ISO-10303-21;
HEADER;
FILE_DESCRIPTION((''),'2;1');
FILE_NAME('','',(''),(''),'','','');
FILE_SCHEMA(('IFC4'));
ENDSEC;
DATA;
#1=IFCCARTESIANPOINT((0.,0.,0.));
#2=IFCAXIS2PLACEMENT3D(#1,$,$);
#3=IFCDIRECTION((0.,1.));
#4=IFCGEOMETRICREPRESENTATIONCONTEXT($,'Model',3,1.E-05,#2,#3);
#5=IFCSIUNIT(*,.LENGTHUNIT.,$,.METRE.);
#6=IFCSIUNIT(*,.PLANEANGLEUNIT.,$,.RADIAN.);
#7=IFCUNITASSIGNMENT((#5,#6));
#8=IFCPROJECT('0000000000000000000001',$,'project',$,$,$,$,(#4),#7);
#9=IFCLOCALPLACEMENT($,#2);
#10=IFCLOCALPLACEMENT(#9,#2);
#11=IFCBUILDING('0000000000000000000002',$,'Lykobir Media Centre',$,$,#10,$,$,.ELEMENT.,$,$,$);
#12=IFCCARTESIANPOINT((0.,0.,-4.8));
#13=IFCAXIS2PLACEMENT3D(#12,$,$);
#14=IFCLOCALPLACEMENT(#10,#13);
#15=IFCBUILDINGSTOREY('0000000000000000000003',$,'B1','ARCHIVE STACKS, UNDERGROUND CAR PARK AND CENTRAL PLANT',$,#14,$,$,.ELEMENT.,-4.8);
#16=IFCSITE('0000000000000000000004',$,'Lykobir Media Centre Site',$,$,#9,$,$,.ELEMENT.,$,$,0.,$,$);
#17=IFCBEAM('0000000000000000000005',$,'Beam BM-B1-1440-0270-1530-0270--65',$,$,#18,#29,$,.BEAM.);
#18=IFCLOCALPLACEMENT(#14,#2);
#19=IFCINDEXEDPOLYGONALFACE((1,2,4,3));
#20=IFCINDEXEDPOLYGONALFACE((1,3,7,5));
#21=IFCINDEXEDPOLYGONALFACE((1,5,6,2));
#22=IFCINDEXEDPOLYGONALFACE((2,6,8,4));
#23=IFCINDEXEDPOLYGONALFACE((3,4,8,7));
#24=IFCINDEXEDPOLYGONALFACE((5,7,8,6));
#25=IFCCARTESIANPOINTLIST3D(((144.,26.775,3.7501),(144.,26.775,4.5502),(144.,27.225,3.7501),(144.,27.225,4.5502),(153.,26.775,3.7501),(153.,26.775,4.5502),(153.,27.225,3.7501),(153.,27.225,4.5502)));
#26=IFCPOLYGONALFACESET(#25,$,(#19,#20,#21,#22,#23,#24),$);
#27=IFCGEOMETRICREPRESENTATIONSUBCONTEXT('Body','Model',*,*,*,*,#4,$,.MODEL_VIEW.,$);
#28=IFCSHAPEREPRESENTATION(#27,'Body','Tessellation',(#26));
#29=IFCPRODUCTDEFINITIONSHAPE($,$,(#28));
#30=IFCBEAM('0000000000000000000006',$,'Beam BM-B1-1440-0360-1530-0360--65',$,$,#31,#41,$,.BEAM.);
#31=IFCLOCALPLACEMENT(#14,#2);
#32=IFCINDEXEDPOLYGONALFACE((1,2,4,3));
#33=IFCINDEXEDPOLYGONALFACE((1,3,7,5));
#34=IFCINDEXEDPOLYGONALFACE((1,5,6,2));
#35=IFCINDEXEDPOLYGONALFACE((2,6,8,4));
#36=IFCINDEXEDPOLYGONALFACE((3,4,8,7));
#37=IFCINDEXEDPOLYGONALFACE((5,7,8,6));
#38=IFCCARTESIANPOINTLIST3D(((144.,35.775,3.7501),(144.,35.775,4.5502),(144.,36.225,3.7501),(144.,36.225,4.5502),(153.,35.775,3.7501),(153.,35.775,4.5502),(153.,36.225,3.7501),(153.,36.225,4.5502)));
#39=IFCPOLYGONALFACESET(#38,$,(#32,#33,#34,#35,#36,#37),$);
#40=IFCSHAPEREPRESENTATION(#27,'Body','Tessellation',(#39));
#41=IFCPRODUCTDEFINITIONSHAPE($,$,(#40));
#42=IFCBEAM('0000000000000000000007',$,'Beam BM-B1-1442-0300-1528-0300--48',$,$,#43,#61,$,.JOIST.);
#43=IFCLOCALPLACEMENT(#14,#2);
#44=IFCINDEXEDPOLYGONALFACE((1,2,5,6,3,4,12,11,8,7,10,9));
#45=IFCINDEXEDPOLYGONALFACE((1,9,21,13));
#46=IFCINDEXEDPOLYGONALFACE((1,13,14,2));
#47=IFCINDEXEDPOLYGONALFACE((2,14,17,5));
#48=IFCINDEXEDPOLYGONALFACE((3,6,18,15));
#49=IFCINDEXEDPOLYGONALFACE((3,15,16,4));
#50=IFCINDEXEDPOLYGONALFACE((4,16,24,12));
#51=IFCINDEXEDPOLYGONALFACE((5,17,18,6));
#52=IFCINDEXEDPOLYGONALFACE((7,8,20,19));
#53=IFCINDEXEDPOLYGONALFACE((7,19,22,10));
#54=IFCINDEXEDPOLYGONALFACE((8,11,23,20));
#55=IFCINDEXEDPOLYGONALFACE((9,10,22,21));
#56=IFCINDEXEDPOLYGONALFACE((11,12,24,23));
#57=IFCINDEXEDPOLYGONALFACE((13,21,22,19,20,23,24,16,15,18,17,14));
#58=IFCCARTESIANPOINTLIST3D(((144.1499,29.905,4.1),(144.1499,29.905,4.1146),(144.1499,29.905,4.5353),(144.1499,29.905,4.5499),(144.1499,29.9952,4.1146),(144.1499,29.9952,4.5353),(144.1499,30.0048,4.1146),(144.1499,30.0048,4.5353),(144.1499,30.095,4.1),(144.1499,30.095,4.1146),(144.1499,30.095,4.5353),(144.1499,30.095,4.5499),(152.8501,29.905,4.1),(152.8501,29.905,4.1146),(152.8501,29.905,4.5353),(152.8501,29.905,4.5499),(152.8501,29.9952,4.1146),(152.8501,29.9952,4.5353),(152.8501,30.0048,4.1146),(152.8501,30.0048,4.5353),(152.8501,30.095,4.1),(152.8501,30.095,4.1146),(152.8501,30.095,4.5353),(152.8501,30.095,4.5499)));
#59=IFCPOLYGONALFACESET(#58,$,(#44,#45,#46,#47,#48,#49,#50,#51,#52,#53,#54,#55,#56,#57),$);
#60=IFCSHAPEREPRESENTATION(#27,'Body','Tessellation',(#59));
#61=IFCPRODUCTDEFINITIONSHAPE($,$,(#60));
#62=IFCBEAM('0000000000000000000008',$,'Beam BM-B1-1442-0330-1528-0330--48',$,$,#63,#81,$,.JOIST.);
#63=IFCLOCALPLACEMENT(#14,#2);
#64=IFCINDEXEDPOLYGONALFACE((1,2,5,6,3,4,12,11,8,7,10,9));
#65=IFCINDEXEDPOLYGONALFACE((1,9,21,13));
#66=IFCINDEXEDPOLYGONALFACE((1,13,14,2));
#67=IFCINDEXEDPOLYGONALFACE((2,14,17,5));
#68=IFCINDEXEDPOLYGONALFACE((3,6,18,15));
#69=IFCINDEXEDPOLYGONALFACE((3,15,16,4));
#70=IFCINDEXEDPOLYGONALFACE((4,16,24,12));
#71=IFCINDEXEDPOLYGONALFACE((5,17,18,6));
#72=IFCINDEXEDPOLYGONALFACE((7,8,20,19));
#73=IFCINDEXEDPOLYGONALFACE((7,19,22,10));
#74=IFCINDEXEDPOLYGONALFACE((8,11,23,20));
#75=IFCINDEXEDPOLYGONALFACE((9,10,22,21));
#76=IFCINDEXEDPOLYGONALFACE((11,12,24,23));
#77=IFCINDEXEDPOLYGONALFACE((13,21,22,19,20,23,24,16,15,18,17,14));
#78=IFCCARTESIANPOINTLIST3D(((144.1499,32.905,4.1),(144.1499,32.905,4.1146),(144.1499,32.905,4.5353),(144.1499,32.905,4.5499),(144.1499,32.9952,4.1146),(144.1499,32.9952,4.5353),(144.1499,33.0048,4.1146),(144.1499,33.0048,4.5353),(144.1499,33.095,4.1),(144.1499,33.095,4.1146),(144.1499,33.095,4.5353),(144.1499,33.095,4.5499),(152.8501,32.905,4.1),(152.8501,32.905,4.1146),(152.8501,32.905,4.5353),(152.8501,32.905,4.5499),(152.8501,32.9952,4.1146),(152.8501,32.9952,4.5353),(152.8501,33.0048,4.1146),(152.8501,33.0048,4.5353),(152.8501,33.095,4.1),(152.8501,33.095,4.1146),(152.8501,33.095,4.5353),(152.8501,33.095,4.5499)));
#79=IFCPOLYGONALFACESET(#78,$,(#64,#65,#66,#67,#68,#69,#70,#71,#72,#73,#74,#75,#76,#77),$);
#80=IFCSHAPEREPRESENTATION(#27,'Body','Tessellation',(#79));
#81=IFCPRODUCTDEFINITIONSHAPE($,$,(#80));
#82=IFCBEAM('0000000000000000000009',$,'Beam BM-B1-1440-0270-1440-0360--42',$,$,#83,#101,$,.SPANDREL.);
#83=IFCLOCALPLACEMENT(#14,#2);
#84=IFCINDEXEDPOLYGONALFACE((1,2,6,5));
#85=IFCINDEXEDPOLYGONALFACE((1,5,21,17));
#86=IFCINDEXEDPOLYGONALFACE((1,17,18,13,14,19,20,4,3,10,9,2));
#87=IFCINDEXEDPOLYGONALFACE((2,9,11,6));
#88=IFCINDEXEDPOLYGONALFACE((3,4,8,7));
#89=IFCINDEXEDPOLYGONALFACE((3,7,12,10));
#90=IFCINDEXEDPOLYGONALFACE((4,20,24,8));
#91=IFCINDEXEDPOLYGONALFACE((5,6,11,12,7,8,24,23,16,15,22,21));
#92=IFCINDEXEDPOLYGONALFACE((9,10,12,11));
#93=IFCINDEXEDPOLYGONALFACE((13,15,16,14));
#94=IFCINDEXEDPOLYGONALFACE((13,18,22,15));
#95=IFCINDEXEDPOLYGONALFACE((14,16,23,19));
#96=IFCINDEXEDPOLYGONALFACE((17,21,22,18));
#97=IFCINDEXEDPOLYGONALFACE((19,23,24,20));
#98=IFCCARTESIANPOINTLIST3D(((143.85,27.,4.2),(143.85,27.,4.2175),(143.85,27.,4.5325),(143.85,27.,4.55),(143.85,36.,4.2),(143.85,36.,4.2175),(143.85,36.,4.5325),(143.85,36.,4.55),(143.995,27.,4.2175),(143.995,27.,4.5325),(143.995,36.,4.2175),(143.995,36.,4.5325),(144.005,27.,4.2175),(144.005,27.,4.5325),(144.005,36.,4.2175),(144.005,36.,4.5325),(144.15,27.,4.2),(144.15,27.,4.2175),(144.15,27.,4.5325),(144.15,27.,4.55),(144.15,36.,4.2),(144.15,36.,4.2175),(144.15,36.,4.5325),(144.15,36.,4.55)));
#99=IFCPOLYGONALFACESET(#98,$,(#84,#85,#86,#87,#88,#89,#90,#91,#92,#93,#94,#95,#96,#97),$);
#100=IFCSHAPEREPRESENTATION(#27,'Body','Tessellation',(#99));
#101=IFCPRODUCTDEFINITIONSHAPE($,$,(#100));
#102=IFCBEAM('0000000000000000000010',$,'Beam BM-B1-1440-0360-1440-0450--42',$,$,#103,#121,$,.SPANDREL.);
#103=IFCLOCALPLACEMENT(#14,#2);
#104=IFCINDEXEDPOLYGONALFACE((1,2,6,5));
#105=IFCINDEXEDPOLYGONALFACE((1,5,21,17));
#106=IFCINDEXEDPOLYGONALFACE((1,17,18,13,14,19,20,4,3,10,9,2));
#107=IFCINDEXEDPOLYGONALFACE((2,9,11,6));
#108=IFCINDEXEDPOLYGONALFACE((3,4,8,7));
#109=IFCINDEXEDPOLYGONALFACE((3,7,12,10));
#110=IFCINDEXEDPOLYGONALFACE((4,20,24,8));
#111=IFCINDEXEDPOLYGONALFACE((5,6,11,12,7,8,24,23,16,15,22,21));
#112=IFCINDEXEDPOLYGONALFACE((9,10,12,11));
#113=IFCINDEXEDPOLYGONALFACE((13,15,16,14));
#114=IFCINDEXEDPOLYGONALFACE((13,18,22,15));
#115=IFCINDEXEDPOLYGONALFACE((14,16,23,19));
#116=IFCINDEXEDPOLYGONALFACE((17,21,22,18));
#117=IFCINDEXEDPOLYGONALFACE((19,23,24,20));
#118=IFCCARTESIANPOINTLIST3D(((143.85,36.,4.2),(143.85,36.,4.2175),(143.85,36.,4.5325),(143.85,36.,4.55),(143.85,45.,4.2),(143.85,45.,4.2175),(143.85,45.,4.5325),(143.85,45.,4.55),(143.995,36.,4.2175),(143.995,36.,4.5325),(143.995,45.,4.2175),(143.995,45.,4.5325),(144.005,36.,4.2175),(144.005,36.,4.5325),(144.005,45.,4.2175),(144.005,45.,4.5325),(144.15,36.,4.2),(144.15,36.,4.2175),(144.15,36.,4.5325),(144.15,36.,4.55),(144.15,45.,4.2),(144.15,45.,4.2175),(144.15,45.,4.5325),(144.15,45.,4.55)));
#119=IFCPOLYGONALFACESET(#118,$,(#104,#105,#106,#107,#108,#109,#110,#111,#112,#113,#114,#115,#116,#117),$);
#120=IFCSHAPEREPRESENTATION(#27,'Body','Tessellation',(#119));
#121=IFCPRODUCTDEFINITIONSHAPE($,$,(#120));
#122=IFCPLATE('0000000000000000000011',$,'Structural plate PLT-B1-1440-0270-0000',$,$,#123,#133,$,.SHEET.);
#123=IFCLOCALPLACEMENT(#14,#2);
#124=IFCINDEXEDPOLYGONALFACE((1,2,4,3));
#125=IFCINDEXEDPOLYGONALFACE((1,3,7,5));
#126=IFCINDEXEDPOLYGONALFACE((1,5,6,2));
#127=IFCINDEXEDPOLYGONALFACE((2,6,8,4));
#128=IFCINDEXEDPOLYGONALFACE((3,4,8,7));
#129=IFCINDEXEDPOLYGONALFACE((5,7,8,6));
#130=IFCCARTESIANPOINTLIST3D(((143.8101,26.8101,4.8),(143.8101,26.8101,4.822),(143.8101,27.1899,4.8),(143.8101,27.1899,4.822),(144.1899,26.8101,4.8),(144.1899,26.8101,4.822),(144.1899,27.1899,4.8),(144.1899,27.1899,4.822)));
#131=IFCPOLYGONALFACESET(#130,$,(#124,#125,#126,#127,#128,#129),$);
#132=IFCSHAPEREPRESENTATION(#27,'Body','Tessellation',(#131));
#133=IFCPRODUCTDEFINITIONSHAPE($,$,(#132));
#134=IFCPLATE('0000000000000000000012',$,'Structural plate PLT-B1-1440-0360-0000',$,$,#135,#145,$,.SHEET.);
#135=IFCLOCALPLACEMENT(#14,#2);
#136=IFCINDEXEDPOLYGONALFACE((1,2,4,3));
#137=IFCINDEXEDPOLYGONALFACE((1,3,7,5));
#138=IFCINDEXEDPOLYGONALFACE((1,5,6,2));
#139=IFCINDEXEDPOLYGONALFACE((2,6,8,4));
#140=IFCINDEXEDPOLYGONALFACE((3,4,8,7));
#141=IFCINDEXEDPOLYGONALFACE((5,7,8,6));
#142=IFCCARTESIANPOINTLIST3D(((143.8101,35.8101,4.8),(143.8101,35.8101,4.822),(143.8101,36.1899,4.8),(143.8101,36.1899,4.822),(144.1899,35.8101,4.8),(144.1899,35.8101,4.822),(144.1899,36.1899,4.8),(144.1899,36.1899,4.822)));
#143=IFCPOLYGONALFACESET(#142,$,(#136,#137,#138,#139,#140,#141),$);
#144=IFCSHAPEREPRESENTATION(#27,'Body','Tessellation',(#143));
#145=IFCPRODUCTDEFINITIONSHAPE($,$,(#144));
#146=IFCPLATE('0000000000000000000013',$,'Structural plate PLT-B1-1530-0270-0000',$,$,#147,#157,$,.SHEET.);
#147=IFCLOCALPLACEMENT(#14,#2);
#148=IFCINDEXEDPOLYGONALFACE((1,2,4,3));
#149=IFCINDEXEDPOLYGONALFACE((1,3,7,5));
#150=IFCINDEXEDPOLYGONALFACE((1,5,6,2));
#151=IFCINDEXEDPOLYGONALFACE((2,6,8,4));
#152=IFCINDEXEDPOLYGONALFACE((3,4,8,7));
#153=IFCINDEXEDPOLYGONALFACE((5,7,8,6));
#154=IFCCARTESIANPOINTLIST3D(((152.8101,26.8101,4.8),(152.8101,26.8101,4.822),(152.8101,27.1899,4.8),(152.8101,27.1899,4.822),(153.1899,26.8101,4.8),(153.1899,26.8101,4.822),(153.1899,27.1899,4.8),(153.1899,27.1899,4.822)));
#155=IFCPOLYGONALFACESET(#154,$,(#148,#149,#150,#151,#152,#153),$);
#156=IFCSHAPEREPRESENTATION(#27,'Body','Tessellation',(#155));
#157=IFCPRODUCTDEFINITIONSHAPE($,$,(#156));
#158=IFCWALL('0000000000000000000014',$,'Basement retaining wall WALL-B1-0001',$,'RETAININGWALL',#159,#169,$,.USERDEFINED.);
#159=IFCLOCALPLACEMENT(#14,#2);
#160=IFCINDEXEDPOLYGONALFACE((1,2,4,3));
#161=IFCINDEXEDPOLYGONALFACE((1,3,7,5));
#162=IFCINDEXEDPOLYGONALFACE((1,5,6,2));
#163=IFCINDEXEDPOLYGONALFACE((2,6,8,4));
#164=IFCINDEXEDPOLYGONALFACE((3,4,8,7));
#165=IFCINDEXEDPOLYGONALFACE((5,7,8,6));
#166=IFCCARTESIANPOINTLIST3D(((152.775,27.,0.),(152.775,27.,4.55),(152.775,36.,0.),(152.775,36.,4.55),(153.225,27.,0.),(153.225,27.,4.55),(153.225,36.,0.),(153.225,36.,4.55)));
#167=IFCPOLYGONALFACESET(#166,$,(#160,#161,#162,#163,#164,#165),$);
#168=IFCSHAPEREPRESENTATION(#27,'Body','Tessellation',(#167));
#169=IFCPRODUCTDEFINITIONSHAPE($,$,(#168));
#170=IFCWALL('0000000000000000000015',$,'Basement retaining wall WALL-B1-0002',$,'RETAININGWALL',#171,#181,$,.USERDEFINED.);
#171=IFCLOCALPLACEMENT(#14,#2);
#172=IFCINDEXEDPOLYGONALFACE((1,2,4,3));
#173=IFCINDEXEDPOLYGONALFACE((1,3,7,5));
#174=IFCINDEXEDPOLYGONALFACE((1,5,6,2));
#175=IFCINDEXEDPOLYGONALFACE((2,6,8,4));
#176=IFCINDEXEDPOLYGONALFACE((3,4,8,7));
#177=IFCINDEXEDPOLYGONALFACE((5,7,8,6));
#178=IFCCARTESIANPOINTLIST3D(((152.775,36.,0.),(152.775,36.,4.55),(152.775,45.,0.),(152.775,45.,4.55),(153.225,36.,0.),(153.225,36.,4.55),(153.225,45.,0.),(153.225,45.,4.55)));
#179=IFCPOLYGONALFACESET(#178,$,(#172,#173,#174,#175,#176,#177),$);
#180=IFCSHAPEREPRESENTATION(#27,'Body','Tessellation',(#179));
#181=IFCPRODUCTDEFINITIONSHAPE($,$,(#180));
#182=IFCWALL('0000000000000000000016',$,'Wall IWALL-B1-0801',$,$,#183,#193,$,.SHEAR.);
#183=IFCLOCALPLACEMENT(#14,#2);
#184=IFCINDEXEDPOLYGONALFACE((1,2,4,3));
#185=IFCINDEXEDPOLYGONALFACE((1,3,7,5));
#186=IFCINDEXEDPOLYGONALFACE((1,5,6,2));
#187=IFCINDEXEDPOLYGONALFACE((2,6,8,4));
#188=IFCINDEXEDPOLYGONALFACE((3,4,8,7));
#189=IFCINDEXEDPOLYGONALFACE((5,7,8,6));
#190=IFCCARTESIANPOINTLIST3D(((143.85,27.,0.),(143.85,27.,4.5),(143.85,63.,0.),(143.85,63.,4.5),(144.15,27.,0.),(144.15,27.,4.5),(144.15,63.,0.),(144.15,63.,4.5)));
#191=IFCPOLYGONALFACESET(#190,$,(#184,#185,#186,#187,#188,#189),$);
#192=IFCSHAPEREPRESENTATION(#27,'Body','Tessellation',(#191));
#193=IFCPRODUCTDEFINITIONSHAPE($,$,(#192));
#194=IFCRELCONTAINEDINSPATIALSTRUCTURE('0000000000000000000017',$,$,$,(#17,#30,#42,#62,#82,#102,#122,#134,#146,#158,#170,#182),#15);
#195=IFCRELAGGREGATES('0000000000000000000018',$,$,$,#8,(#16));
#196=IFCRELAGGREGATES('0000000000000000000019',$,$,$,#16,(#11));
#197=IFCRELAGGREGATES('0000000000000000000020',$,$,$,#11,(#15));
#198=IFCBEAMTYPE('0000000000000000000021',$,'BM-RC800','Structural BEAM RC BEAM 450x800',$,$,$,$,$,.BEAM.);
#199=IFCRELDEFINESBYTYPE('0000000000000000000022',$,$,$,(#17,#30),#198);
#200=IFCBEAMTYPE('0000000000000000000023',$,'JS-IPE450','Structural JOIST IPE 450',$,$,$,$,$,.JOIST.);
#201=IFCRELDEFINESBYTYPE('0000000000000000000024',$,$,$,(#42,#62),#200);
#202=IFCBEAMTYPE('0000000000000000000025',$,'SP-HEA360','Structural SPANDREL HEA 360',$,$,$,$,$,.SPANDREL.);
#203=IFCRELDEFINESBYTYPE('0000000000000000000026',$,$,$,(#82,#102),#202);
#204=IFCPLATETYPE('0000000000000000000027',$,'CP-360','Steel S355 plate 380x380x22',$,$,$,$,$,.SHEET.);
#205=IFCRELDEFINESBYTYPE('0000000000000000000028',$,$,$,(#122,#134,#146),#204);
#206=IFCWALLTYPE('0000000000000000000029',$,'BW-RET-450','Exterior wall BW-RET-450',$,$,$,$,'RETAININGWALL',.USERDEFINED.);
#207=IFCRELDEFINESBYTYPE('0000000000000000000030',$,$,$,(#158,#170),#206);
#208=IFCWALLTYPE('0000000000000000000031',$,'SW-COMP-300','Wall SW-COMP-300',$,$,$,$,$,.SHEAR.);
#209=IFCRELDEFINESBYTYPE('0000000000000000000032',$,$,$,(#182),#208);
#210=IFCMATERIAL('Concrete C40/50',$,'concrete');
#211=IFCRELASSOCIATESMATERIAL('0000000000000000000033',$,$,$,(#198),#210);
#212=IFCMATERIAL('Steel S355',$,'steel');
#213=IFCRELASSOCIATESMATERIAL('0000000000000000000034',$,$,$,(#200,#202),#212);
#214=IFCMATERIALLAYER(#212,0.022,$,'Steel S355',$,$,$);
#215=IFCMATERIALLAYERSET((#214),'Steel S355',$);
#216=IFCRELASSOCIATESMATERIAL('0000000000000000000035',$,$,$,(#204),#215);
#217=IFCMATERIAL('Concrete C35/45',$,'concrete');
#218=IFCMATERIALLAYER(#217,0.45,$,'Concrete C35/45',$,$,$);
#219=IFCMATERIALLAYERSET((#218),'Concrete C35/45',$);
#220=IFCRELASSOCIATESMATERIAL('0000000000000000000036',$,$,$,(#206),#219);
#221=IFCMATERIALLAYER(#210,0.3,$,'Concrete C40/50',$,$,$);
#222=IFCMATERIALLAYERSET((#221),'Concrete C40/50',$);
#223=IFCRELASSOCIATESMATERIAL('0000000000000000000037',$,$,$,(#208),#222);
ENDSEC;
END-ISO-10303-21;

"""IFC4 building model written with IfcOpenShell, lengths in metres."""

from ifc_helpers import new_model, si_unit, direction, frame, frame_2d, origin, origin_2d, place, context, subcontext, project, spatial, rectangle, i_section, extrude, material, layer, layer_set, material_profile, profile_set, type_object, element, save


model = new_model("IFC4")

# Units and contexts
model_context = context("Model", 3, precision=1e-05, world=origin(), true_north=direction((0.0, 1.0)))
body_context = subcontext(model_context, "Body", "Model", "MODEL_VIEW")
ifc_project = project(units=[si_unit("LENGTHUNIT", "METRE"), si_unit("PLANEANGLEUNIT", "RADIAN")], contexts=[model_context])

# Site, building, storey
site_placement = place(None, origin())
site = spatial("IfcSite", under=ifc_project, at=site_placement, Name="Lykobir Media Centre Site", CompositionType="ELEMENT", RefElevation=0.0)
building_placement = place(site_placement, origin())
building = spatial("IfcBuilding", under=site, at=building_placement, Name="Lykobir Media Centre", CompositionType="ELEMENT")
storey_placement = place(building_placement, frame((0.0, 0.0, -4.8)))
storey = spatial("IfcBuildingStorey", under=building, at=storey_placement, Name="B1", Description="ARCHIVE STACKS, UNDERGROUND CAR PARK AND CENTRAL PLANT", CompositionType="ELEMENT", Elevation=-4.8)

# Shared definitions
ifc_material_1 = material(Name="Concrete C35/45", Category="concrete")

# Shared definitions
ifc_material_2 = material(Name="Concrete C40/50", Category="concrete")
ifc_material_3 = material(Name="Steel S355", Category="steel")

# Beams
ifc_material_profile_1 = material_profile(ifc_material_2, rectangle(XDim=0.45, YDim=0.8, at=origin_2d()), Name="RC BEAM 450x800")
ifc_profile_set_1 = profile_set([ifc_material_profile_1], Name="Concrete C40/50")
beam_type_1 = type_object("IfcBeamType", Name="BM-RC800", Description="Structural BEAM RC BEAM 450x800", PredefinedType="BEAM", material=ifc_profile_set_1)
for number, where, z_axis, x_axis, name in (
    (1, (144.0, 27.0, 4.1501), (1.0, 0.0, 0.0), (0.0, 1.0, 0.0), "Beam BM-B1-1440-0270-1530-0270--65"),
    (2, (144.0, 36.0, 4.1501), (1.0, 0.0, 0.0), (0.0, 1.0, 0.0), "Beam BM-B1-1440-0360-1530-0360--65"),
):
    element("IfcBeam", number, at=place(storey_placement, frame(where, z_axis=z_axis, x_axis=x_axis)), inside=storey, type_object=beam_type_1, Name=name, PredefinedType="BEAM", context=body_context, shape_type="SweptSolid", body=[
        extrude(rectangle(XDim=0.45, YDim=0.8, at=origin_2d()), origin(), (0.0, 0.0, 1.0), 9.0),
    ])
ifc_material_profile_2 = material_profile(ifc_material_3, i_section(OverallWidth=0.1899, OverallDepth=0.45, WebThickness=0.0095, FlangeThickness=0.0146, at=origin_2d()), Name="IPE 450")
ifc_profile_set_2 = profile_set([ifc_material_profile_2], Name="Steel S355")
beam_type_2 = type_object("IfcBeamType", Name="JS-IPE450", Description="Structural JOIST IPE 450", PredefinedType="JOIST", material=ifc_profile_set_2)
for number, where, z_axis, x_axis, name in (
    (3, (144.1499, 30.0, 4.325), (1.0, 0.0, 0.0), (0.0, 1.0, 0.0), "Beam BM-B1-1442-0300-1528-0300--48"),
    (4, (144.1499, 33.0, 4.325), (1.0, 0.0, 0.0), (0.0, 1.0, 0.0), "Beam BM-B1-1442-0330-1528-0330--48"),
):
    element("IfcBeam", number, at=place(storey_placement, frame(where, z_axis=z_axis, x_axis=x_axis)), inside=storey, type_object=beam_type_2, Name=name, PredefinedType="JOIST", context=body_context, shape_type="SweptSolid", body=[
        extrude(i_section(OverallWidth=0.1899, OverallDepth=0.45, WebThickness=0.0095, FlangeThickness=0.0146, at=origin_2d()), origin(), (0.0, 0.0, 1.0), 8.7002),
    ])
ifc_material_profile_3 = material_profile(ifc_material_3, i_section(OverallWidth=0.3, OverallDepth=0.3501, WebThickness=0.01, FlangeThickness=0.0176, at=origin_2d()), Name="HEA 360")
ifc_profile_set_3 = profile_set([ifc_material_profile_3], Name="Steel S355")
beam_type_3 = type_object("IfcBeamType", Name="SP-HEA360", Description="Structural SPANDREL HEA 360", PredefinedType="SPANDREL", material=ifc_profile_set_3)
for number, where, z_axis, x_axis, name in (
    (5, (144.0, 27.0, 4.375), (0.0, 1.0, 0.0), (-1.0, 0.0, 0.0), "Beam BM-B1-1440-0270-1440-0360--42"),
    (6, (144.0, 36.0, 4.375), (0.0, 1.0, 0.0), (-1.0, 0.0, 0.0), "Beam BM-B1-1440-0360-1440-0450--42"),
):
    element("IfcBeam", number, at=place(storey_placement, frame(where, z_axis=z_axis, x_axis=x_axis)), inside=storey, type_object=beam_type_3, Name=name, PredefinedType="SPANDREL", context=body_context, shape_type="SweptSolid", body=[
        extrude(i_section(OverallWidth=0.3, OverallDepth=0.3501, WebThickness=0.01, FlangeThickness=0.0176, at=origin_2d()), origin(), (0.0, 0.0, 1.0), 9.0),
    ])

# Plates
ifc_layer_1 = layer(ifc_material_3, 0.022, Name="Steel S355")
ifc_layer_set_1 = layer_set([ifc_layer_1], Name="Steel S355")
plate_type = type_object("IfcPlateType", Name="CP-360", Description="Steel S355 plate 380x380x22", PredefinedType="SHEET", material=ifc_layer_set_1)
for number, where, z_axis, x_axis, name in (
    (7, (144.0, 27.0, 4.8), (0.0, 0.0, 1.0), (1.0, 0.0, 0.0), "Structural plate PLT-B1-1440-0270-0000"),
    (8, (144.0, 36.0, 4.8), (0.0, 0.0, 1.0), (1.0, 0.0, 0.0), "Structural plate PLT-B1-1440-0360-0000"),
    (9, (153.0, 27.0, 4.8), (0.0, 0.0, 1.0), (1.0, 0.0, 0.0), "Structural plate PLT-B1-1530-0270-0000"),
):
    element("IfcPlate", number, at=place(storey_placement, frame(where, z_axis=z_axis, x_axis=x_axis)), inside=storey, type_object=plate_type, Name=name, PredefinedType="SHEET", context=body_context, shape_type="SweptSolid", body=[
        extrude(rectangle(XDim=0.3799, YDim=0.3799, at=origin_2d()), origin(), (0.0, 0.0, 1.0), 0.022),
    ])

# Walls
ifc_layer_2 = layer(ifc_material_1, 0.45, Name="Concrete C35/45")
ifc_layer_set_2 = layer_set([ifc_layer_2], Name="Concrete C35/45")
wall_type_1 = type_object("IfcWallType", Name="BW-RET-450", Description="Exterior wall BW-RET-450", ElementType="RETAININGWALL", PredefinedType="USERDEFINED", material=ifc_layer_set_2)
for number, where, z_axis, x_axis, name in (
    (10, (153.0, 27.0, 0.0), (0.0, 0.0, 1.0), (0.0, 1.0, 0.0), "Basement retaining wall WALL-B1-0001"),
    (11, (153.0, 36.0, 0.0), (0.0, 0.0, 1.0), (0.0, 1.0, 0.0), "Basement retaining wall WALL-B1-0002"),
):
    element("IfcWall", number, at=place(storey_placement, frame(where, z_axis=z_axis, x_axis=x_axis)), inside=storey, type_object=wall_type_1, Name=name, ObjectType="RETAININGWALL", PredefinedType="USERDEFINED", context=body_context, shape_type="SweptSolid", body=[
        extrude(rectangle(XDim=9.0, YDim=0.45, at=frame_2d((4.5, 0.0))), origin(), (0.0, 0.0, 1.0), 4.55),
    ])
ifc_layer_3 = layer(ifc_material_2, 0.3, Name="Concrete C40/50")
ifc_layer_set_3 = layer_set([ifc_layer_3], Name="Concrete C40/50")
wall_type_2 = type_object("IfcWallType", Name="SW-COMP-300", Description="Wall SW-COMP-300", PredefinedType="SHEAR", material=ifc_layer_set_3)
wall_placement = place(storey_placement, frame((144.0, 27.0, 0.0), z_axis=(0.0, 0.0, 1.0), x_axis=(0.0, 1.0, 0.0)))
element("IfcWall", 12, at=wall_placement, inside=storey, type_object=wall_type_2, Name="Wall IWALL-B1-0801", PredefinedType="SHEAR", context=body_context, shape_type="SweptSolid", body=[
    extrude(rectangle(XDim=36.0, YDim=0.3, at=frame_2d((18.0, 0.0))), origin(), (0.0, 0.0, 1.0), 4.5),
])

save(model, "model.ifc")
